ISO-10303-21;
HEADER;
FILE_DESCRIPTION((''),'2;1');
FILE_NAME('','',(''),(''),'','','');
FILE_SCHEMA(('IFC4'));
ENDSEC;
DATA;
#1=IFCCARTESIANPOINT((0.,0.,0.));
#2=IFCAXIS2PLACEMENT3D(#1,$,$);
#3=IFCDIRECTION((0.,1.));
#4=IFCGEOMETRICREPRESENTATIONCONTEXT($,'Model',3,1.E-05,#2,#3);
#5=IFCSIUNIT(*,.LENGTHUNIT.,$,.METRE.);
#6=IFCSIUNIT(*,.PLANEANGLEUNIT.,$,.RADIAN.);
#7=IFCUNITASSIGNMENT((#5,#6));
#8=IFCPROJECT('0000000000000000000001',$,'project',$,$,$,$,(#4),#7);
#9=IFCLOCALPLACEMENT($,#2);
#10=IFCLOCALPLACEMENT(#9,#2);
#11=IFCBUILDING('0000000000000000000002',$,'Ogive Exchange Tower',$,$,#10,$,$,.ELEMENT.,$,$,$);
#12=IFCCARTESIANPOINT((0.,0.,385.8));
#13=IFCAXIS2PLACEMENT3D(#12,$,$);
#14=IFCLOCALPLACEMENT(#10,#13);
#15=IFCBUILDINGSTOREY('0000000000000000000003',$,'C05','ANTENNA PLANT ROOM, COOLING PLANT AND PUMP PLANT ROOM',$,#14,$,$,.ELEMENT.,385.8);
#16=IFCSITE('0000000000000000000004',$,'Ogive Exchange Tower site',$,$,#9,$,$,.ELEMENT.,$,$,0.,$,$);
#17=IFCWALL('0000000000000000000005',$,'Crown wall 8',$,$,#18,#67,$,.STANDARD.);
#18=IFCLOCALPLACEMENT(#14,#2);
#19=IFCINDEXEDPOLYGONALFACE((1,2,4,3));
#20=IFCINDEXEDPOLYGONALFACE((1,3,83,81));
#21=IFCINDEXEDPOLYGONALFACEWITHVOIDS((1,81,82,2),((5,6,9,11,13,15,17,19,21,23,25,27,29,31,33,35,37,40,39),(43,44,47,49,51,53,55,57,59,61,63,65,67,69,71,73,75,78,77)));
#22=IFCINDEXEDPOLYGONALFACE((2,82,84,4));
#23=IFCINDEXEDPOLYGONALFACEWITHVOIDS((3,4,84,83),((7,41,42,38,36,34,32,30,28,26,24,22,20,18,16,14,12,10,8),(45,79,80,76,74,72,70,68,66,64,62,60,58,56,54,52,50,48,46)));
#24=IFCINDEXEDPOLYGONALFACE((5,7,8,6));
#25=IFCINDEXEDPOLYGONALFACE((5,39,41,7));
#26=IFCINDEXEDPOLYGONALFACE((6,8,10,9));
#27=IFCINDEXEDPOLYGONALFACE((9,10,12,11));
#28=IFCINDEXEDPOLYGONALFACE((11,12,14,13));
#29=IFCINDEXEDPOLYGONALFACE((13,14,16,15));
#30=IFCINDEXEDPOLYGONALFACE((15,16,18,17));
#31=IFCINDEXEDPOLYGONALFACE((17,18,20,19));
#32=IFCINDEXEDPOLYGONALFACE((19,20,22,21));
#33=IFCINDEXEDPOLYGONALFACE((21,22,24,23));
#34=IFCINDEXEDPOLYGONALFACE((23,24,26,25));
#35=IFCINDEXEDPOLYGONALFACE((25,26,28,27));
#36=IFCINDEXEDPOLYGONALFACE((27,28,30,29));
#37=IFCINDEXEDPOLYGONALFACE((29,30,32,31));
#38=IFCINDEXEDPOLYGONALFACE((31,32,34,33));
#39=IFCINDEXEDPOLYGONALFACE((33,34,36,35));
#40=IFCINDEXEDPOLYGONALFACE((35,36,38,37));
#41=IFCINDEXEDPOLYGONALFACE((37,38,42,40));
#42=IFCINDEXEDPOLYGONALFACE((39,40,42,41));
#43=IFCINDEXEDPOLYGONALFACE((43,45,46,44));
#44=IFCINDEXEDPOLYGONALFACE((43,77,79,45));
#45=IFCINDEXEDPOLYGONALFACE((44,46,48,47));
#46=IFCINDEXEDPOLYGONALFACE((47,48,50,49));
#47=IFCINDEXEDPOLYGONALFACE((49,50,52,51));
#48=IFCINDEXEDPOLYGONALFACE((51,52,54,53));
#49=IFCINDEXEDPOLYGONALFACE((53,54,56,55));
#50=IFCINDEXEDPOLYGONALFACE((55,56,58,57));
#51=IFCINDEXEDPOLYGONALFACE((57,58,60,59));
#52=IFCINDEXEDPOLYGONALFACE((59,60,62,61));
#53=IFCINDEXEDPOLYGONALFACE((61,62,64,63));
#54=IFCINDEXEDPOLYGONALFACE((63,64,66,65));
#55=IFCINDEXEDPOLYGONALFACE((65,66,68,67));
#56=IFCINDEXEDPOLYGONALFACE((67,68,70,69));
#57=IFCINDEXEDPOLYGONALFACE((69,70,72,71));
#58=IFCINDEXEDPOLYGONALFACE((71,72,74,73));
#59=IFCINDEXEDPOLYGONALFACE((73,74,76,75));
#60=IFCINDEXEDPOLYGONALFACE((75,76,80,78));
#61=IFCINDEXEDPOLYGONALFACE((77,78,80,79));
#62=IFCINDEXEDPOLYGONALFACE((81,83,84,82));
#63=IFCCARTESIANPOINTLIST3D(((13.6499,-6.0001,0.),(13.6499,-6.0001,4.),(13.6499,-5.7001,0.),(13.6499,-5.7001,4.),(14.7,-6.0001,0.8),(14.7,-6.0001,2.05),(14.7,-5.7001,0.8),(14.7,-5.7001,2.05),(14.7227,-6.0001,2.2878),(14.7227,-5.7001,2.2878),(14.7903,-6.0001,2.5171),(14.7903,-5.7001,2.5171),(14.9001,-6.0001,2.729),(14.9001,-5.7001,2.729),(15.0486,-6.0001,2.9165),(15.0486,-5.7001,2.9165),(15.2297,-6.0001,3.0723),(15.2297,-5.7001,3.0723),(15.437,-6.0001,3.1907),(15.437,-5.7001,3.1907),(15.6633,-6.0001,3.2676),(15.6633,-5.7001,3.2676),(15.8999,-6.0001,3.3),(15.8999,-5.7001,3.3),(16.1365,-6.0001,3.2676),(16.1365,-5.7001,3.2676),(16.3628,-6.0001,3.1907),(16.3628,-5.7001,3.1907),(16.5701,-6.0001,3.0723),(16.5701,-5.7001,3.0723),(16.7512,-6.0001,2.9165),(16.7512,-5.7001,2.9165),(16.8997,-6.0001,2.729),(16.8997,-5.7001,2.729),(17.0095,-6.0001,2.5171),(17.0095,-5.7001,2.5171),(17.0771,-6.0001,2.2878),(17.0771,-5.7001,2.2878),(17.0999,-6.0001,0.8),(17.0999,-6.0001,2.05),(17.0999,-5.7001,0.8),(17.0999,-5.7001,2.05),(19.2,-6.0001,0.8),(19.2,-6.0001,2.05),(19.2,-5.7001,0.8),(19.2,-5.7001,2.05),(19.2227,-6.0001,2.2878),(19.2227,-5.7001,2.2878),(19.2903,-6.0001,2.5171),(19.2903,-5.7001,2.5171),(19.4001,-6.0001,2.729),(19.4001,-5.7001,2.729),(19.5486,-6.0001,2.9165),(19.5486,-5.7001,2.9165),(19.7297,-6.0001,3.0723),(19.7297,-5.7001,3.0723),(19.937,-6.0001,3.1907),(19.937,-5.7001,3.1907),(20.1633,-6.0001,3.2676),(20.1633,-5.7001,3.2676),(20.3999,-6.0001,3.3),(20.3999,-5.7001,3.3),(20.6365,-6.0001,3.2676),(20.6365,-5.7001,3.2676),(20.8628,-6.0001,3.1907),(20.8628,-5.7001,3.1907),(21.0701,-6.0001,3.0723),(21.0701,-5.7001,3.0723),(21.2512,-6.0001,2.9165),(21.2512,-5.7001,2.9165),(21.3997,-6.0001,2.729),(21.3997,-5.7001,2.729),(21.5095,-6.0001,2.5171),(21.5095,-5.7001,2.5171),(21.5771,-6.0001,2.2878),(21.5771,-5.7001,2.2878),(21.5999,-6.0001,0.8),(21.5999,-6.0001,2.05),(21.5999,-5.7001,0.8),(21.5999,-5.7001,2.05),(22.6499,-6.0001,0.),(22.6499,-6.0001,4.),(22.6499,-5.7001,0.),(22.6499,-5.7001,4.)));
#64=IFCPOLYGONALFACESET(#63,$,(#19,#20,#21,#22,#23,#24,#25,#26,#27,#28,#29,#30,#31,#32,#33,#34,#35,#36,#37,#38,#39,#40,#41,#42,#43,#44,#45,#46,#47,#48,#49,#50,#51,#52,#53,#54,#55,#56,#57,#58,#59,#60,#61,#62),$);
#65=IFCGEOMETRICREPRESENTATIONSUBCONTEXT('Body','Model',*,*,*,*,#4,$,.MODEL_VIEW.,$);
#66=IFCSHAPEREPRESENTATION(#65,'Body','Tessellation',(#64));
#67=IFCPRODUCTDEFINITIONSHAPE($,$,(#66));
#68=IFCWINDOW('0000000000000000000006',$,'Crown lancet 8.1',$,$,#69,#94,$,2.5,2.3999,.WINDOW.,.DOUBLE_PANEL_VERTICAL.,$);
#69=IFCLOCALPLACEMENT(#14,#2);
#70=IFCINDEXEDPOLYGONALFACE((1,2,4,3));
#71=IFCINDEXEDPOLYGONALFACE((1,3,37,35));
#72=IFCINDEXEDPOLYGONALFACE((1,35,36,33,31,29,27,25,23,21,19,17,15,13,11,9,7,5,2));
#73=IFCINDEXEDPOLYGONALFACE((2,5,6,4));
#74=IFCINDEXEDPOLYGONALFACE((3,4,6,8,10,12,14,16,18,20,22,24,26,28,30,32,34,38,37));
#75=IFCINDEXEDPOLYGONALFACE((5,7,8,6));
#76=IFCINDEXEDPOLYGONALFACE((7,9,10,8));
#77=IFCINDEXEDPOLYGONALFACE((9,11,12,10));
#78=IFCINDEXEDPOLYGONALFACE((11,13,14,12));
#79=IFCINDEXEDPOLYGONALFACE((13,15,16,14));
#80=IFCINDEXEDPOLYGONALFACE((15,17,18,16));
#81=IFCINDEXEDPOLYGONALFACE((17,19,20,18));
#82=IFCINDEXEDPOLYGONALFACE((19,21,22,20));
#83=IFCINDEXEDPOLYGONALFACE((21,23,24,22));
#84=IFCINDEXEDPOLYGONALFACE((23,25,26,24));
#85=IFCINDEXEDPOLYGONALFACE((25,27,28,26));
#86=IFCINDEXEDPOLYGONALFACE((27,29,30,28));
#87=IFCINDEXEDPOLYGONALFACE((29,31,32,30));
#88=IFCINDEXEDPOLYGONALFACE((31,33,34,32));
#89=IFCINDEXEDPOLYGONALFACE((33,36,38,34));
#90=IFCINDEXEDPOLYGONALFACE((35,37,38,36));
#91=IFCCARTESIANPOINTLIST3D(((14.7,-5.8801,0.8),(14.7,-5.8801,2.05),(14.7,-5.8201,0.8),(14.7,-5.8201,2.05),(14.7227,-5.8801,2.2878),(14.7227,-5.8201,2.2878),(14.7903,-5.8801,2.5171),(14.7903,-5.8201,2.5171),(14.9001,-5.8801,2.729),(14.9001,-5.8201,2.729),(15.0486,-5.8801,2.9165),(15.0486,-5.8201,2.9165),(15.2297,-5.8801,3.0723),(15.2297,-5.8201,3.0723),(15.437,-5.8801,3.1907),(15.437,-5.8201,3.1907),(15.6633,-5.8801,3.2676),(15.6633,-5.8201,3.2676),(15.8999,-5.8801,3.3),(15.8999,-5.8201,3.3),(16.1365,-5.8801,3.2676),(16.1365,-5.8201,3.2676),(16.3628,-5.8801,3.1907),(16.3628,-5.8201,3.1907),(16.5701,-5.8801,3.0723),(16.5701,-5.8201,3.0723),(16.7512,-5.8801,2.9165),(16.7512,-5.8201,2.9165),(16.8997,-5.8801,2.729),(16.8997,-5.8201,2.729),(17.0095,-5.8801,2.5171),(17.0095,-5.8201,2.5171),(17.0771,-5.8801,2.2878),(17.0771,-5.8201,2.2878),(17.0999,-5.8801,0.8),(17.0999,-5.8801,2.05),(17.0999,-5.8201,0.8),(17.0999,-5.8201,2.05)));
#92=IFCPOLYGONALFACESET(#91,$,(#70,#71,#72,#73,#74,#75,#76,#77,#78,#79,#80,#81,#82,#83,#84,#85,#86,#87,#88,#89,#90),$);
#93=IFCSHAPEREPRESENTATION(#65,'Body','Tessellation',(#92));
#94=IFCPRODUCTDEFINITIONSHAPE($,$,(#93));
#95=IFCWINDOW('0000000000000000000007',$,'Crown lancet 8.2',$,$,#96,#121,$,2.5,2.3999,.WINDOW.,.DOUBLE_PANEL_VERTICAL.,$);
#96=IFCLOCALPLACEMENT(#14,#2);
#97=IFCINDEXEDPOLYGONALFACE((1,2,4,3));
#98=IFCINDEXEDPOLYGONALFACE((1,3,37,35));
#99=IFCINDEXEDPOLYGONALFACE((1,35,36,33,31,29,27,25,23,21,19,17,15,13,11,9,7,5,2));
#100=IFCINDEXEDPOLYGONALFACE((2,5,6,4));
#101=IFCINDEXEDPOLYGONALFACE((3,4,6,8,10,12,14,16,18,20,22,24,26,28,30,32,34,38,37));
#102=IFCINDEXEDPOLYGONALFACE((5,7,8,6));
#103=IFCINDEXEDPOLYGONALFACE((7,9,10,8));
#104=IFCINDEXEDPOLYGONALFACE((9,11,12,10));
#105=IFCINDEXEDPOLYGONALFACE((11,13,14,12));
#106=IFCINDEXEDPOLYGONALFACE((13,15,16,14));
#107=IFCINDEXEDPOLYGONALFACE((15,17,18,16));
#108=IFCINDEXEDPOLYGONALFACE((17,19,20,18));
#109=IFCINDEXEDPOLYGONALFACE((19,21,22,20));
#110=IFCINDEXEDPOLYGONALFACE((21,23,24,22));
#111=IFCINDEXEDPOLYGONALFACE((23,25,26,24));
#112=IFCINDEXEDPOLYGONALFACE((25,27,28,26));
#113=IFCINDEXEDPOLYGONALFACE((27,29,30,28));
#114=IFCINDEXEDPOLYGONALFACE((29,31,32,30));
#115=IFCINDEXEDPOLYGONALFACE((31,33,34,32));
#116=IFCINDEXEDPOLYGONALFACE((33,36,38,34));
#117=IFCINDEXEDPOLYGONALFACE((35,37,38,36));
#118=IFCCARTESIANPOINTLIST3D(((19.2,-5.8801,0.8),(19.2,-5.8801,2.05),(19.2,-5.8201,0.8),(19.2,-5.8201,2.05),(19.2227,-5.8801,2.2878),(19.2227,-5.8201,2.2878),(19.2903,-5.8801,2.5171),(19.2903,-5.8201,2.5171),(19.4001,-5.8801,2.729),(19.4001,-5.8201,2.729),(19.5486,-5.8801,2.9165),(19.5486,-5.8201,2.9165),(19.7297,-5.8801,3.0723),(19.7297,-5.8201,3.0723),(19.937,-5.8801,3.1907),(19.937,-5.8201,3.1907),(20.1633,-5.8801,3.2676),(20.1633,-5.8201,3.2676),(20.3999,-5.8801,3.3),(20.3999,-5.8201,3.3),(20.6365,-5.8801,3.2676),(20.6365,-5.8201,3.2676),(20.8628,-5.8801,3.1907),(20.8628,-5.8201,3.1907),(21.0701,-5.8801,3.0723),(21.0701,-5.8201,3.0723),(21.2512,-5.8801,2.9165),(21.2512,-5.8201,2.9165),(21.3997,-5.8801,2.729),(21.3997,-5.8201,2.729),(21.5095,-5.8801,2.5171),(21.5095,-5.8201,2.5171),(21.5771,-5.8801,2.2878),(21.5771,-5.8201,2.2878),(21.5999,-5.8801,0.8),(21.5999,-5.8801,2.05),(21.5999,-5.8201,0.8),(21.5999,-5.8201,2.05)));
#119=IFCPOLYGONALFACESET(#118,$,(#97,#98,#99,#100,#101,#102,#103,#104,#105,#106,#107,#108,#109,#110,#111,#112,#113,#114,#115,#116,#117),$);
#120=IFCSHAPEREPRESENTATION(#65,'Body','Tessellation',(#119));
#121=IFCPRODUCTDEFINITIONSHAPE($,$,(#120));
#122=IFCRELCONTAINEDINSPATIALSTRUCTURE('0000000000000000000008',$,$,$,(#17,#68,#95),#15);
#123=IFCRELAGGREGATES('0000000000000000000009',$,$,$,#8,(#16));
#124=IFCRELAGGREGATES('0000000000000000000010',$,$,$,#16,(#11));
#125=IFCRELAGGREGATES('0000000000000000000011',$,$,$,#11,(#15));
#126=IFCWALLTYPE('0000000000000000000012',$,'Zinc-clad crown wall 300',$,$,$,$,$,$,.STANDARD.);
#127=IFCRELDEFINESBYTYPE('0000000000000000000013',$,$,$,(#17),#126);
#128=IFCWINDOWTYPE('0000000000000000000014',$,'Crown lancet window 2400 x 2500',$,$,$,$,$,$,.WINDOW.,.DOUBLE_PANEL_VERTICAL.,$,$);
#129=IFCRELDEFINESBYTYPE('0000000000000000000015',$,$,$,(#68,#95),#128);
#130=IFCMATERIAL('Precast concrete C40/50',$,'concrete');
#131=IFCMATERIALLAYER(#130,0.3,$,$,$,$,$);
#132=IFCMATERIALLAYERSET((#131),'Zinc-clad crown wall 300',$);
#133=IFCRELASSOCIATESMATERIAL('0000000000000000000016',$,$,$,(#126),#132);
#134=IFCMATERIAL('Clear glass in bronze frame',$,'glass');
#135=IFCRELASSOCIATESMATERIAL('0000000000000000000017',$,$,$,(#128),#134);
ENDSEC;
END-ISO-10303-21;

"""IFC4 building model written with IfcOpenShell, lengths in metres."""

from ifc_helpers import new_model, si_unit, direction, frame, frame_2d, origin, place, context, subcontext, project, spatial, polyline, rectangle, outline, extrude, material, layer, layer_set, type_object, element, fill, save


model = new_model("IFC4")

# Units and contexts
model_context = context("Model", 3, precision=1e-05, world=origin(), true_north=direction((0.0, 1.0)))
body_context = subcontext(model_context, "Body", "Model", "MODEL_VIEW")
ifc_project = project(units=[si_unit("LENGTHUNIT", "METRE"), si_unit("PLANEANGLEUNIT", "RADIAN")], contexts=[model_context])

# Site, building, storey
site_placement = place(None, origin())
site = spatial("IfcSite", under=ifc_project, at=site_placement, Name="Ogive Exchange Tower site", CompositionType="ELEMENT", RefElevation=0.0)
building_placement = place(site_placement, origin())
building = spatial("IfcBuilding", under=site, at=building_placement, Name="Ogive Exchange Tower", CompositionType="ELEMENT")
storey_placement = place(building_placement, frame((0.0, 0.0, 385.8)))
storey = spatial("IfcBuildingStorey", under=building, at=storey_placement, Name="C05", Description="ANTENNA PLANT ROOM, COOLING PLANT AND PUMP PLANT ROOM", CompositionType="ELEMENT", Elevation=385.8)

# Wall, openings, windows
ifc_material_1 = material(Name="Precast concrete C40/50", Category="concrete")
ifc_layer_1 = layer(ifc_material_1, 0.3)
ifc_layer_set_1 = layer_set([ifc_layer_1], Name="Zinc-clad crown wall 300")
wall_type_1 = type_object("IfcWallType", Name="Zinc-clad crown wall 300", PredefinedType="STANDARD", material=ifc_layer_set_1)
wall_1_placement = place(storey_placement, frame((13.6499, -5.8501, 0.0), z_axis=(0.0, 0.0, 1.0), x_axis=(1.0, 0.0, 0.0)))
wall_1 = element("IfcWall", 1, at=wall_1_placement, inside=storey, type_object=wall_type_1, Name="Crown wall 8", PredefinedType="STANDARD", context=body_context, shape_type="SweptSolid", body=[
    extrude(rectangle(XDim=9.0, YDim=0.3, at=frame_2d((4.5, 0.0))), origin(), (0.0, 0.0, 1.0), 4.0),
])
opening_1_placement = place(wall_1_placement, frame((1.05, 0.0, 0.8)))
opening_1 = element("IfcOpeningElement", 2, at=opening_1_placement, cuts=wall_1, PredefinedType="OPENING", context=body_context, shape_type="SweptSolid", body=[
    extrude(outline(polyline([(0.0, 0.0), (2.3999, 0.0), (2.3999, 1.25), (2.3772, 1.4878), (2.3096, 1.717), (2.1997, 1.929), (2.0513, 2.1165), (1.8701, 2.2722), (1.6628, 2.3906), (1.4365, 2.4675), (1.2, 2.5), (0.9634, 2.4675), (0.7371, 2.3906), (0.5298, 2.2722), (0.3486, 2.1165), (0.2002, 1.929), (0.0903, 1.717), (0.0227, 1.4878), (0.0, 1.25), (0.0, 0.0)])), frame((0.0, 0.1599, 0.0), z_axis=(0.0, -1.0, 0.0), x_axis=(1.0, 0.0, 0.0)), (0.0, 0.0, 1.0), 0.3201),
])
opening_2_placement = place(wall_1_placement, frame((5.55, 0.0, 0.8)))
opening_2 = element("IfcOpeningElement", 3, at=opening_2_placement, cuts=wall_1, PredefinedType="OPENING", context=body_context, shape_type="SweptSolid", body=[
    extrude(outline(polyline([(0.0, 0.0), (2.3999, 0.0), (2.3999, 1.25), (2.3772, 1.4878), (2.3096, 1.717), (2.1997, 1.929), (2.0513, 2.1165), (1.8701, 2.2722), (1.6628, 2.3906), (1.4365, 2.4675), (1.2, 2.5), (0.9634, 2.4675), (0.7371, 2.3906), (0.5298, 2.2722), (0.3486, 2.1165), (0.2002, 1.929), (0.0903, 1.717), (0.0227, 1.4878), (0.0, 1.25), (0.0, 0.0)])), frame((0.0, 0.1599, 0.0), z_axis=(0.0, -1.0, 0.0), x_axis=(1.0, 0.0, 0.0)), (0.0, 0.0, 1.0), 0.3201),
])
ifc_material_2 = material(Name="Clear glass in bronze frame", Category="glass")
window_type = type_object("IfcWindowType", Name="Crown lancet window 2400 x 2500", PartitioningType="DOUBLE_PANEL_VERTICAL", PredefinedType="WINDOW", material=ifc_material_2)
window_1_placement = place(opening_1_placement, origin())
window_1 = element("IfcWindow", 4, at=window_1_placement, inside=storey, type_object=window_type, Name="Crown lancet 8.1", OverallHeight=2.5, OverallWidth=2.3999, PartitioningType="DOUBLE_PANEL_VERTICAL", PredefinedType="WINDOW", context=body_context, shape_type="SweptSolid", body=[
    extrude(outline(polyline([(0.0, 0.0), (2.3999, 0.0), (2.3999, 1.25), (2.3772, 1.4878), (2.3096, 1.717), (2.1997, 1.929), (2.0513, 2.1165), (1.8701, 2.2722), (1.6628, 2.3906), (1.4365, 2.4675), (1.2, 2.5), (0.9634, 2.4675), (0.7371, 2.3906), (0.5298, 2.2722), (0.3486, 2.1165), (0.2002, 1.929), (0.0903, 1.717), (0.0227, 1.4878), (0.0, 1.25), (0.0, 0.0)])), frame((0.0, 0.03, 0.0), z_axis=(0.0, -1.0, 0.0), x_axis=(1.0, 0.0, 0.0)), (0.0, 0.0, 1.0), 0.0601),
])
fill(opening_1, window_1)
window_2_placement = place(opening_2_placement, origin())
window_2 = element("IfcWindow", 5, at=window_2_placement, inside=storey, type_object=window_type, Name="Crown lancet 8.2", OverallHeight=2.5, OverallWidth=2.3999, PartitioningType="DOUBLE_PANEL_VERTICAL", PredefinedType="WINDOW", context=body_context, shape_type="SweptSolid", body=[
    extrude(outline(polyline([(0.0, 0.0), (2.3999, 0.0), (2.3999, 1.25), (2.3772, 1.4878), (2.3096, 1.717), (2.1997, 1.929), (2.0513, 2.1165), (1.8701, 2.2722), (1.6628, 2.3906), (1.4365, 2.4675), (1.2, 2.5), (0.9634, 2.4675), (0.7371, 2.3906), (0.5298, 2.2722), (0.3486, 2.1165), (0.2002, 1.929), (0.0903, 1.717), (0.0227, 1.4878), (0.0, 1.25), (0.0, 0.0)])), frame((0.0, 0.03, 0.0), z_axis=(0.0, -1.0, 0.0), x_axis=(1.0, 0.0, 0.0)), (0.0, 0.0, 1.0), 0.0601),
])
fill(opening_2, window_2)

save(model, "model.ifc")
